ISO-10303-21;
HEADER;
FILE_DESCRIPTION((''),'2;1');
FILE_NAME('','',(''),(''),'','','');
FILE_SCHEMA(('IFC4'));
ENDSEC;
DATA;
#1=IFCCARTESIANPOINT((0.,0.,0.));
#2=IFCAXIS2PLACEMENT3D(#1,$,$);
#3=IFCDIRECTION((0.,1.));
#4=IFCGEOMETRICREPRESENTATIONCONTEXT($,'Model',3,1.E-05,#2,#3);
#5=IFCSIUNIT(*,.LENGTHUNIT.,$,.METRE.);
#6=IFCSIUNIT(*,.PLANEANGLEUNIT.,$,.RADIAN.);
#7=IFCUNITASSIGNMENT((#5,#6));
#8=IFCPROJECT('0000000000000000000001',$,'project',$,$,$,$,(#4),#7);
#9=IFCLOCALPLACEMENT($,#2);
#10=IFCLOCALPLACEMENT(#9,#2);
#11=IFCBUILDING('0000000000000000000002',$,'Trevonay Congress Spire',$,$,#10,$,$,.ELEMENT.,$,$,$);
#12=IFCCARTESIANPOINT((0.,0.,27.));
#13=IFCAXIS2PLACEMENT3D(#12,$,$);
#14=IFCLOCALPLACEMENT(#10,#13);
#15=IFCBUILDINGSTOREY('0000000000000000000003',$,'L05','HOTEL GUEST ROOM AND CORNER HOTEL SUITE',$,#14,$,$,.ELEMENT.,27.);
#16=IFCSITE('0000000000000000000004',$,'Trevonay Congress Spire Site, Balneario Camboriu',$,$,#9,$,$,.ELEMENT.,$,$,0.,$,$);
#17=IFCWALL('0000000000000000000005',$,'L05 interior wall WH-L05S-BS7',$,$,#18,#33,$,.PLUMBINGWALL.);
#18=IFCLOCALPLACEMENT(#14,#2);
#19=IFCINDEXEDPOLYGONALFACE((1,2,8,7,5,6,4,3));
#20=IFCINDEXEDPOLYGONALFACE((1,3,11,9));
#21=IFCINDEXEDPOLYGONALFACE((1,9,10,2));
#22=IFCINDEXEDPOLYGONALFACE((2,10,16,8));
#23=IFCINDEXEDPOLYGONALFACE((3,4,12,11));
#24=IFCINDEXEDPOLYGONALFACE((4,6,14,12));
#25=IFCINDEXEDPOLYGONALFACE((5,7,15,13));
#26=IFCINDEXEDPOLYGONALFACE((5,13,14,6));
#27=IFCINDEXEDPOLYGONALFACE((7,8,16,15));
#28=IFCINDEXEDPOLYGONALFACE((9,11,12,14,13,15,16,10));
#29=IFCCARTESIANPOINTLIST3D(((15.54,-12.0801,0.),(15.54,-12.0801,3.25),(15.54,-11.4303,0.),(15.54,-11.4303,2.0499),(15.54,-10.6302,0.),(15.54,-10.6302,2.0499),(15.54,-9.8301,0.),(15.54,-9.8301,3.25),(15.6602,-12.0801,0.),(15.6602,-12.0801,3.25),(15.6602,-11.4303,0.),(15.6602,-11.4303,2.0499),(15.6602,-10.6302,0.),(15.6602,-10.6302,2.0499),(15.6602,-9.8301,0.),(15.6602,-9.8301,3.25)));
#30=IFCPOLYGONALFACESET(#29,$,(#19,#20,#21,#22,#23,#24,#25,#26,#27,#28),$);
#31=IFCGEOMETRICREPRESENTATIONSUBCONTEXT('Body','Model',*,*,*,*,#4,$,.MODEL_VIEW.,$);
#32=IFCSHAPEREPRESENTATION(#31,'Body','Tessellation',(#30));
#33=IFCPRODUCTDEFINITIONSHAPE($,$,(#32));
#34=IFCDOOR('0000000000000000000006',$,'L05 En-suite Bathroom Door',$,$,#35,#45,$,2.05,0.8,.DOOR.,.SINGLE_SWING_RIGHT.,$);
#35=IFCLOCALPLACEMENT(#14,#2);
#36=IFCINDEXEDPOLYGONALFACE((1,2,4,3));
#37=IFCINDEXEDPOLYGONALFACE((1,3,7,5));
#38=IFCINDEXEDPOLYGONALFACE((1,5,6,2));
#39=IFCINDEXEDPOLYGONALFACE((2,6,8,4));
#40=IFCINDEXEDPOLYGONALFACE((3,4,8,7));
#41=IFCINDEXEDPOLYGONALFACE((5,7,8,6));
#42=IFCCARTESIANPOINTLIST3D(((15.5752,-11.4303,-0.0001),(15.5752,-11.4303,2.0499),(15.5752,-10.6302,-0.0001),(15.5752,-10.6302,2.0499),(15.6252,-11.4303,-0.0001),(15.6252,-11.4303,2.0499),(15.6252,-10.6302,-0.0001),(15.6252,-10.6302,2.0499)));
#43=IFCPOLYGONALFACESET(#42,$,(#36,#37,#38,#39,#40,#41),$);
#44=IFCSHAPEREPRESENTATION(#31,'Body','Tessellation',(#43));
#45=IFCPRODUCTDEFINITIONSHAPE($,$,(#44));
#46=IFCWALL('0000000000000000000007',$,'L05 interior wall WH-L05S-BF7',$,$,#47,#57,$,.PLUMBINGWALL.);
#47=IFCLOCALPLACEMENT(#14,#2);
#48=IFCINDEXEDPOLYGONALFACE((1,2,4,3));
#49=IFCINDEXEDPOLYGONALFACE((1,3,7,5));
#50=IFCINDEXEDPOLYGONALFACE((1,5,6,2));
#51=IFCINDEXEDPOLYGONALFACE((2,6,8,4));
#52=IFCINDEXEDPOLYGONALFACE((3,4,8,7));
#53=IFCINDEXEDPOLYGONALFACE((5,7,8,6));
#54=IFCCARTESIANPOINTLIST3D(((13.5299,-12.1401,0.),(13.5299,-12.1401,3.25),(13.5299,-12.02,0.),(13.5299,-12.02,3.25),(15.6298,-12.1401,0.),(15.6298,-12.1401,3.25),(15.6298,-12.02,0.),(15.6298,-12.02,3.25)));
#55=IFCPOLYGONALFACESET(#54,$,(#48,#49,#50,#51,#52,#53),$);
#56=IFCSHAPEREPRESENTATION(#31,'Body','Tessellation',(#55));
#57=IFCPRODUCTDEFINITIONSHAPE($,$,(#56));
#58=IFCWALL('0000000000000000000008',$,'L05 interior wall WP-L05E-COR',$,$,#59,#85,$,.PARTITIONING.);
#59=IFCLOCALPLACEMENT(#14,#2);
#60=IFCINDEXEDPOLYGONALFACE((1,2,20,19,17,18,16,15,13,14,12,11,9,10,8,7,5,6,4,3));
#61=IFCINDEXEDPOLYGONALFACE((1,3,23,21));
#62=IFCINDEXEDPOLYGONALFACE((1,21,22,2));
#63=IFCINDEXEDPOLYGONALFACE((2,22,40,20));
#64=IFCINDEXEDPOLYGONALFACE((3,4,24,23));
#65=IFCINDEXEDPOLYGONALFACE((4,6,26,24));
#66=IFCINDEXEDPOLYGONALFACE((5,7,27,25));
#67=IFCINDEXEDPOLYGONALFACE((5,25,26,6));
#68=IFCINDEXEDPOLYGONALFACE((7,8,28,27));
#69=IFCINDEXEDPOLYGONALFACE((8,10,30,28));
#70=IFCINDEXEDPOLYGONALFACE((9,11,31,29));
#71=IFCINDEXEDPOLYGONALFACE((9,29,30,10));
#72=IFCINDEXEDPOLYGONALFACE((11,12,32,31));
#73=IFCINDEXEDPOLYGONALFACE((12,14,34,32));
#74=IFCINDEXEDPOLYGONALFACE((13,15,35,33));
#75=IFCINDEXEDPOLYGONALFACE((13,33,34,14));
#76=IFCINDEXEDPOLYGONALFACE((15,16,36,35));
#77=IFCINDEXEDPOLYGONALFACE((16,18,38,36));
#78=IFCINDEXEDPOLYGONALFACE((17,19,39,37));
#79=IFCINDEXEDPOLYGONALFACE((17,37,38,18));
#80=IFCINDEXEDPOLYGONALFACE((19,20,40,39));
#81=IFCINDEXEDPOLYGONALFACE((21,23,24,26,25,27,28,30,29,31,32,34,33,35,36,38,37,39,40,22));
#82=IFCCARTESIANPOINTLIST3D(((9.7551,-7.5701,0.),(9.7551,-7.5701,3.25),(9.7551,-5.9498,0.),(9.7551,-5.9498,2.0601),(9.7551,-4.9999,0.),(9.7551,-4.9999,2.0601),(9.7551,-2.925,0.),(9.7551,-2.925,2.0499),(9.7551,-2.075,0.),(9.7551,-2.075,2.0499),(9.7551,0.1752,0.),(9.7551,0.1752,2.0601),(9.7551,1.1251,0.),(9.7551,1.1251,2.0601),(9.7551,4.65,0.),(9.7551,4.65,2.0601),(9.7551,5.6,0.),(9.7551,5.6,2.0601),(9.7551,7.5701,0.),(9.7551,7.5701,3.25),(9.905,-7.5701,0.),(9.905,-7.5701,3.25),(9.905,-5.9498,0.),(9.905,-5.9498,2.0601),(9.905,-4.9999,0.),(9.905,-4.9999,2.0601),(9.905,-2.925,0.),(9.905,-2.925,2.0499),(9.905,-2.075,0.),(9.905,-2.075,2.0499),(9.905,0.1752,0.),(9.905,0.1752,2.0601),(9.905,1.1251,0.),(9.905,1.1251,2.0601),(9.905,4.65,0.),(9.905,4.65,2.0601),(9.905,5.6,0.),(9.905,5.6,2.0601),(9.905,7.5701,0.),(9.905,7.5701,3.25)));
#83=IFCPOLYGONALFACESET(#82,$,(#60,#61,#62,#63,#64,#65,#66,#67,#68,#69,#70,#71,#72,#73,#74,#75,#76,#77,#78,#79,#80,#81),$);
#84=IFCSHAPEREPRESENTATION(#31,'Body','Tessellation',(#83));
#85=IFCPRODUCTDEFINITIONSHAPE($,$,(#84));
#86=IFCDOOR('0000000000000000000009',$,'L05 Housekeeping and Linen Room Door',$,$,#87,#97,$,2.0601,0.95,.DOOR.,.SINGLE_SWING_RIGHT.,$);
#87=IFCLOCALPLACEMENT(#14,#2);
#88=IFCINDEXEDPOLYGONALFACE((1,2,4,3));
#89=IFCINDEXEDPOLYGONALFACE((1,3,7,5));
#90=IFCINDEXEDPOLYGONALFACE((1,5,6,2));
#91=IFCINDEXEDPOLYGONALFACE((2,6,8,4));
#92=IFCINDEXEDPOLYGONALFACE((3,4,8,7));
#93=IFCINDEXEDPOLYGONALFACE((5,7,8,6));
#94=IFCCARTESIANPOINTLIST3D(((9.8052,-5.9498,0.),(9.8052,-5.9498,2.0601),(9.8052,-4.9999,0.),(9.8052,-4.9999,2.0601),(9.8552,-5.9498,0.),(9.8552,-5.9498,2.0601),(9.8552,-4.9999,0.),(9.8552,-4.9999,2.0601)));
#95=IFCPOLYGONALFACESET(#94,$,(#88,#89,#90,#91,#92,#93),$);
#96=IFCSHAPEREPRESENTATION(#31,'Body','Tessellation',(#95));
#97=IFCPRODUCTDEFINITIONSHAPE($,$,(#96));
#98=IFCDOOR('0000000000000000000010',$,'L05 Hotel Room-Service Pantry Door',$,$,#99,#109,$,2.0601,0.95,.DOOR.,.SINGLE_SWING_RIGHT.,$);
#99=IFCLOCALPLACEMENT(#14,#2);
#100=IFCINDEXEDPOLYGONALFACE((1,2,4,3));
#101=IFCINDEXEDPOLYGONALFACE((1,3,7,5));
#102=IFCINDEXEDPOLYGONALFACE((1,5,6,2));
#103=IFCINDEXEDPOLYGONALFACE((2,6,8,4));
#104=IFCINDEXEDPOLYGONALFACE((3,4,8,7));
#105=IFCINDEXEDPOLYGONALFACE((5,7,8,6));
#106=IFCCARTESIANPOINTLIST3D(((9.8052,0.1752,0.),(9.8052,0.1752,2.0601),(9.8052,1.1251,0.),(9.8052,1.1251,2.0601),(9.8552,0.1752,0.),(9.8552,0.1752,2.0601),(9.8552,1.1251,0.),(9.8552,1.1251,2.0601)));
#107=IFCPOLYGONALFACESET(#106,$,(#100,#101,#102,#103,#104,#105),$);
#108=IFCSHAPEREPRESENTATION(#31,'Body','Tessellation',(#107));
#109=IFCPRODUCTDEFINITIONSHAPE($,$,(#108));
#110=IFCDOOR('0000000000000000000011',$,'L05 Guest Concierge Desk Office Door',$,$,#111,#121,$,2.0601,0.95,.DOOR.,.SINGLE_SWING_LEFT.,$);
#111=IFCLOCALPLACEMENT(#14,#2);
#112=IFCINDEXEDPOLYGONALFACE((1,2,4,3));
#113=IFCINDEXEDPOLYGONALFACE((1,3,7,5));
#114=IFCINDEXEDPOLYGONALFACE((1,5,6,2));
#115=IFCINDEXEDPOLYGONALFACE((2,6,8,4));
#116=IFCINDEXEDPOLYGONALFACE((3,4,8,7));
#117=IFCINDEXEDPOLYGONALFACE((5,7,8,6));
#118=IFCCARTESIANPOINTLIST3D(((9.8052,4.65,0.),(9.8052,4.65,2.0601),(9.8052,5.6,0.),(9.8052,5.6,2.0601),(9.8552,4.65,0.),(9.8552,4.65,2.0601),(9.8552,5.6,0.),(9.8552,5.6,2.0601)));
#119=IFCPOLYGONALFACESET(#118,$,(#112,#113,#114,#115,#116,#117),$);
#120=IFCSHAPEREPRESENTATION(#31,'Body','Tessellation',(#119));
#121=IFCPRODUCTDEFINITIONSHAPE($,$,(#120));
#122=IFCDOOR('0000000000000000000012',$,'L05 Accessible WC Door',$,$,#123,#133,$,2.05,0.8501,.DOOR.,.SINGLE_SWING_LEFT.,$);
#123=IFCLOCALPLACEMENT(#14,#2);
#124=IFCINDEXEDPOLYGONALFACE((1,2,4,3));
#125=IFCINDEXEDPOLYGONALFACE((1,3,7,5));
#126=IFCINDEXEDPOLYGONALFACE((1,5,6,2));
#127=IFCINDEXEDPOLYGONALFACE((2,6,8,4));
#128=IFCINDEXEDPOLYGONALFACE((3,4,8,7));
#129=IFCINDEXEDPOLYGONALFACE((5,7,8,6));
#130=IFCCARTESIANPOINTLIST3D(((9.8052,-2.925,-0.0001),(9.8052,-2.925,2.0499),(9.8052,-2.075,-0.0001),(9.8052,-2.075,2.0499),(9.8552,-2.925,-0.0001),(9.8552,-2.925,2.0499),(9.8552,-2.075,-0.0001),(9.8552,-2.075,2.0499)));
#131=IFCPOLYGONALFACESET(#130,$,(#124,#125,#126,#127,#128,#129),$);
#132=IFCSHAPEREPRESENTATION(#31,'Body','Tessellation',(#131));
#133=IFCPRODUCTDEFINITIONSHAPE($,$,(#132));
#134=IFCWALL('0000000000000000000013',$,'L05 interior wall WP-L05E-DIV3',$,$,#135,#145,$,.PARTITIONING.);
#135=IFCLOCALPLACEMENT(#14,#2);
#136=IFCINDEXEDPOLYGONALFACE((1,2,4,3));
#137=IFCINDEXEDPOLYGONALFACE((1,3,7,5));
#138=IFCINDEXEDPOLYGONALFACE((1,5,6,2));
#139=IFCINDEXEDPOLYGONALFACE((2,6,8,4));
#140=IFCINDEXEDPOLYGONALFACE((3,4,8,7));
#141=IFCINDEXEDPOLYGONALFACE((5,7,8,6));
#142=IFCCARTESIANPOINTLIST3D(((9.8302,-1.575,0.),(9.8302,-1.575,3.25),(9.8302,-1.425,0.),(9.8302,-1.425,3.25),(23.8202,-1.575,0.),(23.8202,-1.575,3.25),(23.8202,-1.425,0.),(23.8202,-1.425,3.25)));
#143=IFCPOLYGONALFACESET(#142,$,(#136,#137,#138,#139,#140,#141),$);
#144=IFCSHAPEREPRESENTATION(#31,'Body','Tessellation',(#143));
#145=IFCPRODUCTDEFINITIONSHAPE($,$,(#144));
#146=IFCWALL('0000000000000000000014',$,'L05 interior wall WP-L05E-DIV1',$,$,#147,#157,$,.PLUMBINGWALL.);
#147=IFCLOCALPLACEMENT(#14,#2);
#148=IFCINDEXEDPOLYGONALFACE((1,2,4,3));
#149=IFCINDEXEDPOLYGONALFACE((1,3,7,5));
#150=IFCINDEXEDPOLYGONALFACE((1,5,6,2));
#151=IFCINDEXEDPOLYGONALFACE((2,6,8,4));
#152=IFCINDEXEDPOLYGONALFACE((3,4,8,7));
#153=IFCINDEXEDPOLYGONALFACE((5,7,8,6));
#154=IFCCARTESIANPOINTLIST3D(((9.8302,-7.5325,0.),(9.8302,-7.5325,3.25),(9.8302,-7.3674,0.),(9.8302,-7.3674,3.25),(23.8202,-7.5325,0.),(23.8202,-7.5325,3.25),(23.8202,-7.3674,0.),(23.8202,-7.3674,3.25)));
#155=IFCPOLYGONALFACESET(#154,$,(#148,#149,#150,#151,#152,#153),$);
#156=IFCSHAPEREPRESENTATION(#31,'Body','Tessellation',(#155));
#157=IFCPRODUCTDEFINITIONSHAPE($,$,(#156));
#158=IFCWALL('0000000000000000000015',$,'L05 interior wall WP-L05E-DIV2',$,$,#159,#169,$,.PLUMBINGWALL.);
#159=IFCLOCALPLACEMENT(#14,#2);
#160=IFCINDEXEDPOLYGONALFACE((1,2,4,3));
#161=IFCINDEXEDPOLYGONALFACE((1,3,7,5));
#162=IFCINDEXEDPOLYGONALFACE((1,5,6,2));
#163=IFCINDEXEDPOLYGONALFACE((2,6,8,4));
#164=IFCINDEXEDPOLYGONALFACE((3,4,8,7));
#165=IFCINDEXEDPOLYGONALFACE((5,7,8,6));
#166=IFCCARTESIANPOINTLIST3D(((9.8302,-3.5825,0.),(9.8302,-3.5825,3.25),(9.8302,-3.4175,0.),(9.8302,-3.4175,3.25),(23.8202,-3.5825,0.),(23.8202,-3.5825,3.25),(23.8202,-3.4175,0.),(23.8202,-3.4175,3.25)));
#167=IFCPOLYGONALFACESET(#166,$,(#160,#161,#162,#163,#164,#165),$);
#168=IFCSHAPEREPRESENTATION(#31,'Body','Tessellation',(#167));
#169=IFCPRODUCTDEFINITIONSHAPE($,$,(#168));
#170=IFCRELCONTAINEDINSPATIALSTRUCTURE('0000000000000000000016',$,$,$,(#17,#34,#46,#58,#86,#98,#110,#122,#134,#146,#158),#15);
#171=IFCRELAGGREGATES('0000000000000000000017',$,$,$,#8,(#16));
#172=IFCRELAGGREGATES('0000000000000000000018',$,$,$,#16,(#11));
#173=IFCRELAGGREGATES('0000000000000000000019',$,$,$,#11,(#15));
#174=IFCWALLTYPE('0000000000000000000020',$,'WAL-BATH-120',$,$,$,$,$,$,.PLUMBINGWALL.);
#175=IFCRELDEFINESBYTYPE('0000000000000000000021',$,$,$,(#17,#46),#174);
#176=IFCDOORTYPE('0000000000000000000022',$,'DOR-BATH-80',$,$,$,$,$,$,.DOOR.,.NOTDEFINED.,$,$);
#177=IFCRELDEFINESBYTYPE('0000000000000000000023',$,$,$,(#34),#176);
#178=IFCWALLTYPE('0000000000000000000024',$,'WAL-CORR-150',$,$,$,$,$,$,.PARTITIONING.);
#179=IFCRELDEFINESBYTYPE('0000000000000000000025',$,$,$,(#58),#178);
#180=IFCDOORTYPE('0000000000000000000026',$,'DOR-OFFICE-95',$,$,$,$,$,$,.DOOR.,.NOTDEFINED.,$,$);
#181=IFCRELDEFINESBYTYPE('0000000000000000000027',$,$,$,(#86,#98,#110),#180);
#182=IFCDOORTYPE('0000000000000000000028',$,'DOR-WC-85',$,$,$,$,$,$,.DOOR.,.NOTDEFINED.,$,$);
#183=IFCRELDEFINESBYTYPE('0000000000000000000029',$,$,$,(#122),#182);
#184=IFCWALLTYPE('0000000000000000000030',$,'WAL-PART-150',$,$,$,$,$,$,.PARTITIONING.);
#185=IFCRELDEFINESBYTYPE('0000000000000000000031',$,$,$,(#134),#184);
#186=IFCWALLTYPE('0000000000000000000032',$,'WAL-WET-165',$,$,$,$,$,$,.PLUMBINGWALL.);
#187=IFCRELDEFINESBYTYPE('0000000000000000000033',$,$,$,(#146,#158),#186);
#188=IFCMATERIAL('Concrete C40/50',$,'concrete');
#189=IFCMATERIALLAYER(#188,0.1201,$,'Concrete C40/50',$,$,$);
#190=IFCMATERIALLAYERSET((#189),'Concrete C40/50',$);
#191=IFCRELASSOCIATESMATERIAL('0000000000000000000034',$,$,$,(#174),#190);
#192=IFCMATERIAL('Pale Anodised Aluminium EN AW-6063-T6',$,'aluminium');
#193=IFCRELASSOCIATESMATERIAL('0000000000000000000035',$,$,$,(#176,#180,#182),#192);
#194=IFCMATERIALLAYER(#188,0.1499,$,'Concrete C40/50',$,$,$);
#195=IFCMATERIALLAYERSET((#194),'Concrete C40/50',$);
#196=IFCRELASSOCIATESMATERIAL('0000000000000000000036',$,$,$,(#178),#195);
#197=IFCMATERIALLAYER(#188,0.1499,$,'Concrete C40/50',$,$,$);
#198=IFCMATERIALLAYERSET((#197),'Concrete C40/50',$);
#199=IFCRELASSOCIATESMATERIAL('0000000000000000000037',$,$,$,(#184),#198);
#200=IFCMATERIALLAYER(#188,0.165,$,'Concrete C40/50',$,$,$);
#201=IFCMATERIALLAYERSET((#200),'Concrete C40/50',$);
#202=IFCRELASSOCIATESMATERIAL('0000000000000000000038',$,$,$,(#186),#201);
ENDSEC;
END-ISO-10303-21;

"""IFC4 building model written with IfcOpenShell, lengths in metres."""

from ifc_helpers import new_model, si_unit, direction, frame, frame_2d, origin, place, context, subcontext, project, spatial, rectangle, extrude, material, layer, layer_set, type_object, element, fill, save


model = new_model("IFC4")

# Units and contexts
model_context = context("Model", 3, precision=1e-05, world=origin(), true_north=direction((0.0, 1.0)))
body_context = subcontext(model_context, "Body", "Model", "MODEL_VIEW")
ifc_project = project(units=[si_unit("LENGTHUNIT", "METRE"), si_unit("PLANEANGLEUNIT", "RADIAN")], contexts=[model_context])

# Site, building, storey
site_placement = place(None, origin())
site = spatial("IfcSite", under=ifc_project, at=site_placement, Name="Trevonay Congress Spire Site, Balneario Camboriu", CompositionType="ELEMENT", RefElevation=0.0)
building_placement = place(site_placement, origin())
building = spatial("IfcBuilding", under=site, at=building_placement, Name="Trevonay Congress Spire", CompositionType="ELEMENT")
storey_placement = place(building_placement, frame((0.0, 0.0, 27.0)))
storey = spatial("IfcBuildingStorey", under=building, at=storey_placement, Name="L05", Description="HOTEL GUEST ROOM AND CORNER HOTEL SUITE", CompositionType="ELEMENT", Elevation=27.0)

# Shared definitions
ifc_material_1 = material(Name="Pale Anodised Aluminium EN AW-6063-T6", Category="aluminium")

# Shared definitions
ifc_material_2 = material(Name="Concrete C40/50", Category="concrete")
ifc_layer_1 = layer(ifc_material_2, 0.1201, Name="Concrete C40/50")
ifc_layer_set_1 = layer_set([ifc_layer_1], Name="Concrete C40/50")
wall_type_1 = type_object("IfcWallType", Name="WAL-BATH-120", PredefinedType="PLUMBINGWALL", material=ifc_layer_set_1)
door_type_1 = type_object("IfcDoorType", Name="DOR-BATH-80", OperationType="NOTDEFINED", PredefinedType="DOOR", material=ifc_material_1)

# Wall, opening, door
wall_1_placement = place(storey_placement, frame((15.6001, -12.0801, 0.0), z_axis=(0.0, 0.0, 1.0), x_axis=(0.0, 1.0, 0.0)))
wall_1 = element("IfcWall", 1, at=wall_1_placement, inside=storey, type_object=wall_type_1, Name="L05 interior wall WH-L05S-BS7", PredefinedType="PLUMBINGWALL", context=body_context, shape_type="SweptSolid", body=[
    extrude(rectangle(XDim=2.25, YDim=0.1201, at=frame_2d((1.125, 0.0))), origin(), (0.0, 0.0, 1.0), 3.25),
])
opening_1_placement = place(wall_1_placement, frame((0.6499, 0.0, 0.0)))
opening_1 = element("IfcOpeningElement", 2, at=opening_1_placement, cuts=wall_1, PredefinedType="OPENING", context=body_context, shape_type="SweptSolid", body=[
    extrude(rectangle(XDim=0.8, YDim=2.05, at=frame_2d((0.3999, 1.0249))), frame((0.0, 0.0701, 0.0), z_axis=(0.0, -1.0, 0.0), x_axis=(1.0, 0.0, 0.0)), (0.0, 0.0, 1.0), 0.1401),
])
door_1_placement = place(opening_1_placement, origin())
door_1 = element("IfcDoor", 3, at=door_1_placement, inside=storey, type_object=door_type_1, Name="L05 En-suite Bathroom Door", OperationType="SINGLE_SWING_RIGHT", OverallHeight=2.05, OverallWidth=0.8, PredefinedType="DOOR", context=body_context, shape_type="SweptSolid", body=[
    extrude(rectangle(XDim=0.8, YDim=2.05, at=frame_2d((0.3999, 1.0249))), frame((0.0, 0.0249, 0.0), z_axis=(0.0, -1.0, 0.0), x_axis=(1.0, 0.0, 0.0)), (0.0, 0.0, 1.0), 0.05),
])
fill(opening_1, door_1)

# Wall
wall_2_placement = place(storey_placement, frame((13.53, -12.0801, 0.0), z_axis=(0.0, 0.0, 1.0), x_axis=(1.0, 0.0, 0.0)))
element("IfcWall", 4, at=wall_2_placement, inside=storey, type_object=wall_type_1, Name="L05 interior wall WH-L05S-BF7", PredefinedType="PLUMBINGWALL", context=body_context, shape_type="SweptSolid", body=[
    extrude(rectangle(XDim=2.0999, YDim=0.1201, at=frame_2d((1.0498, 0.0))), origin(), (0.0, 0.0, 1.0), 3.25),
])

# Wall, openings, doors
ifc_layer_2 = layer(ifc_material_2, 0.1499, Name="Concrete C40/50")
ifc_layer_set_2 = layer_set([ifc_layer_2], Name="Concrete C40/50")
wall_type_2 = type_object("IfcWallType", Name="WAL-CORR-150", PredefinedType="PARTITIONING", material=ifc_layer_set_2)
wall_3_placement = place(storey_placement, frame((9.8301, -7.5701, 0.0), z_axis=(0.0, 0.0, 1.0), x_axis=(0.0, 1.0, 0.0)))
wall_3 = element("IfcWall", 5, at=wall_3_placement, inside=storey, type_object=wall_type_2, Name="L05 interior wall WP-L05E-COR", PredefinedType="PARTITIONING", context=body_context, shape_type="SweptSolid", body=[
    extrude(rectangle(XDim=15.1401, YDim=0.1499, at=frame_2d((7.5701, 0.0))), origin(), (0.0, 0.0, 1.0), 3.25),
])
opening_2_placement = place(wall_3_placement, frame((1.6201, 0.0, 0.0)))
opening_2 = element("IfcOpeningElement", 6, at=opening_2_placement, cuts=wall_3, PredefinedType="OPENING", context=body_context, shape_type="SweptSolid", body=[
    extrude(rectangle(XDim=0.95, YDim=2.0601, at=frame_2d((0.4751, 1.03))), frame((0.0, 0.085, 0.0), z_axis=(0.0, -1.0, 0.0), x_axis=(1.0, 0.0, 0.0)), (0.0, 0.0, 1.0), 0.1699),
])
opening_3_placement = place(wall_3_placement, frame((4.645, 0.0, 0.0)))
opening_3 = element("IfcOpeningElement", 7, at=opening_3_placement, cuts=wall_3, PredefinedType="OPENING", context=body_context, shape_type="SweptSolid", body=[
    extrude(rectangle(XDim=0.8501, YDim=2.05, at=frame_2d((0.425, 1.0249))), frame((0.0, 0.085, 0.0), z_axis=(0.0, -1.0, 0.0), x_axis=(1.0, 0.0, 0.0)), (0.0, 0.0, 1.0), 0.1699),
])
opening_4_placement = place(wall_3_placement, frame((7.7451, 0.0, 0.0)))
opening_4 = element("IfcOpeningElement", 8, at=opening_4_placement, cuts=wall_3, PredefinedType="OPENING", context=body_context, shape_type="SweptSolid", body=[
    extrude(rectangle(XDim=0.95, YDim=2.0601, at=frame_2d((0.4751, 1.03))), frame((0.0, 0.085, 0.0), z_axis=(0.0, -1.0, 0.0), x_axis=(1.0, 0.0, 0.0)), (0.0, 0.0, 1.0), 0.1699),
])
opening_5_placement = place(wall_3_placement, frame((12.22, 0.0, 0.0)))
opening_5 = element("IfcOpeningElement", 9, at=opening_5_placement, cuts=wall_3, PredefinedType="OPENING", context=body_context, shape_type="SweptSolid", body=[
    extrude(rectangle(XDim=0.95, YDim=2.0601, at=frame_2d((0.4751, 1.03))), frame((0.0, 0.085, 0.0), z_axis=(0.0, -1.0, 0.0), x_axis=(1.0, 0.0, 0.0)), (0.0, 0.0, 1.0), 0.1699),
])
door_type_2 = type_object("IfcDoorType", Name="DOR-OFFICE-95", OperationType="NOTDEFINED", PredefinedType="DOOR", material=ifc_material_1)
door_2_placement = place(opening_2_placement, origin())
door_2 = element("IfcDoor", 10, at=door_2_placement, inside=storey, type_object=door_type_2, Name="L05 Housekeeping and Linen Room Door", OperationType="SINGLE_SWING_RIGHT", OverallHeight=2.0601, OverallWidth=0.95, PredefinedType="DOOR", context=body_context, shape_type="SweptSolid", body=[
    extrude(rectangle(XDim=0.95, YDim=2.0601, at=frame_2d((0.4751, 1.03))), frame((0.0, 0.0249, 0.0), z_axis=(0.0, -1.0, 0.0), x_axis=(1.0, 0.0, 0.0)), (0.0, 0.0, 1.0), 0.05),
])
fill(opening_2, door_2)
door_3_placement = place(opening_4_placement, origin())
door_3 = element("IfcDoor", 11, at=door_3_placement, inside=storey, type_object=door_type_2, Name="L05 Hotel Room-Service Pantry Door", OperationType="SINGLE_SWING_RIGHT", OverallHeight=2.0601, OverallWidth=0.95, PredefinedType="DOOR", context=body_context, shape_type="SweptSolid", body=[
    extrude(rectangle(XDim=0.95, YDim=2.0601, at=frame_2d((0.4751, 1.03))), frame((0.0, 0.0249, 0.0), z_axis=(0.0, -1.0, 0.0), x_axis=(1.0, 0.0, 0.0)), (0.0, 0.0, 1.0), 0.05),
])
fill(opening_4, door_3)
door_4_placement = place(opening_5_placement, origin())
door_4 = element("IfcDoor", 12, at=door_4_placement, inside=storey, type_object=door_type_2, Name="L05 Guest Concierge Desk Office Door", OperationType="SINGLE_SWING_LEFT", OverallHeight=2.0601, OverallWidth=0.95, PredefinedType="DOOR", context=body_context, shape_type="SweptSolid", body=[
    extrude(rectangle(XDim=0.95, YDim=2.0601, at=frame_2d((0.4751, 1.03))), frame((0.0, 0.0249, 0.0), z_axis=(0.0, -1.0, 0.0), x_axis=(1.0, 0.0, 0.0)), (0.0, 0.0, 1.0), 0.05),
])
fill(opening_5, door_4)
door_type_3 = type_object("IfcDoorType", Name="DOR-WC-85", OperationType="NOTDEFINED", PredefinedType="DOOR", material=ifc_material_1)
door_5_placement = place(opening_3_placement, origin())
door_5 = element("IfcDoor", 13, at=door_5_placement, inside=storey, type_object=door_type_3, Name="L05 Accessible WC Door", OperationType="SINGLE_SWING_LEFT", OverallHeight=2.05, OverallWidth=0.8501, PredefinedType="DOOR", context=body_context, shape_type="SweptSolid", body=[
    extrude(rectangle(XDim=0.8501, YDim=2.05, at=frame_2d((0.425, 1.0249))), frame((0.0, 0.0249, 0.0), z_axis=(0.0, -1.0, 0.0), x_axis=(1.0, 0.0, 0.0)), (0.0, 0.0, 1.0), 0.05),
])
fill(opening_3, door_5)

# Walls
ifc_layer_3 = layer(ifc_material_2, 0.1499, Name="Concrete C40/50")
ifc_layer_set_3 = layer_set([ifc_layer_3], Name="Concrete C40/50")
wall_type_3 = type_object("IfcWallType", Name="WAL-PART-150", PredefinedType="PARTITIONING", material=ifc_layer_set_3)
wall_4_placement = place(storey_placement, frame((9.8301, -1.5, 0.0), z_axis=(0.0, 0.0, 1.0), x_axis=(1.0, 0.0, 0.0)))
element("IfcWall", 14, at=wall_4_placement, inside=storey, type_object=wall_type_3, Name="L05 interior wall WP-L05E-DIV3", PredefinedType="PARTITIONING", context=body_context, shape_type="SweptSolid", body=[
    extrude(rectangle(XDim=13.99, YDim=0.1499, at=frame_2d((6.9951, 0.0))), origin(), (0.0, 0.0, 1.0), 3.25),
])
ifc_layer_4 = layer(ifc_material_2, 0.165, Name="Concrete C40/50")
ifc_layer_set_4 = layer_set([ifc_layer_4], Name="Concrete C40/50")
wall_type_4 = type_object("IfcWallType", Name="WAL-WET-165", PredefinedType="PLUMBINGWALL", material=ifc_layer_set_4)
for number, where, z_axis, x_axis, name in (
    (15, (9.8301, -7.45, 0.0), (0.0, 0.0, 1.0), (1.0, 0.0, 0.0), "L05 interior wall WP-L05E-DIV1"),
    (16, (9.8301, -3.5, 0.0), (0.0, 0.0, 1.0), (1.0, 0.0, 0.0), "L05 interior wall WP-L05E-DIV2"),
):
    element("IfcWall", number, at=place(storey_placement, frame(where, z_axis=z_axis, x_axis=x_axis)), inside=storey, type_object=wall_type_4, Name=name, PredefinedType="PLUMBINGWALL", context=body_context, shape_type="SweptSolid", body=[
        extrude(rectangle(XDim=13.99, YDim=0.165, at=frame_2d((6.9951, 0.0))), origin(), (0.0, 0.0, 1.0), 3.25),
    ])

save(model, "model.ifc")
